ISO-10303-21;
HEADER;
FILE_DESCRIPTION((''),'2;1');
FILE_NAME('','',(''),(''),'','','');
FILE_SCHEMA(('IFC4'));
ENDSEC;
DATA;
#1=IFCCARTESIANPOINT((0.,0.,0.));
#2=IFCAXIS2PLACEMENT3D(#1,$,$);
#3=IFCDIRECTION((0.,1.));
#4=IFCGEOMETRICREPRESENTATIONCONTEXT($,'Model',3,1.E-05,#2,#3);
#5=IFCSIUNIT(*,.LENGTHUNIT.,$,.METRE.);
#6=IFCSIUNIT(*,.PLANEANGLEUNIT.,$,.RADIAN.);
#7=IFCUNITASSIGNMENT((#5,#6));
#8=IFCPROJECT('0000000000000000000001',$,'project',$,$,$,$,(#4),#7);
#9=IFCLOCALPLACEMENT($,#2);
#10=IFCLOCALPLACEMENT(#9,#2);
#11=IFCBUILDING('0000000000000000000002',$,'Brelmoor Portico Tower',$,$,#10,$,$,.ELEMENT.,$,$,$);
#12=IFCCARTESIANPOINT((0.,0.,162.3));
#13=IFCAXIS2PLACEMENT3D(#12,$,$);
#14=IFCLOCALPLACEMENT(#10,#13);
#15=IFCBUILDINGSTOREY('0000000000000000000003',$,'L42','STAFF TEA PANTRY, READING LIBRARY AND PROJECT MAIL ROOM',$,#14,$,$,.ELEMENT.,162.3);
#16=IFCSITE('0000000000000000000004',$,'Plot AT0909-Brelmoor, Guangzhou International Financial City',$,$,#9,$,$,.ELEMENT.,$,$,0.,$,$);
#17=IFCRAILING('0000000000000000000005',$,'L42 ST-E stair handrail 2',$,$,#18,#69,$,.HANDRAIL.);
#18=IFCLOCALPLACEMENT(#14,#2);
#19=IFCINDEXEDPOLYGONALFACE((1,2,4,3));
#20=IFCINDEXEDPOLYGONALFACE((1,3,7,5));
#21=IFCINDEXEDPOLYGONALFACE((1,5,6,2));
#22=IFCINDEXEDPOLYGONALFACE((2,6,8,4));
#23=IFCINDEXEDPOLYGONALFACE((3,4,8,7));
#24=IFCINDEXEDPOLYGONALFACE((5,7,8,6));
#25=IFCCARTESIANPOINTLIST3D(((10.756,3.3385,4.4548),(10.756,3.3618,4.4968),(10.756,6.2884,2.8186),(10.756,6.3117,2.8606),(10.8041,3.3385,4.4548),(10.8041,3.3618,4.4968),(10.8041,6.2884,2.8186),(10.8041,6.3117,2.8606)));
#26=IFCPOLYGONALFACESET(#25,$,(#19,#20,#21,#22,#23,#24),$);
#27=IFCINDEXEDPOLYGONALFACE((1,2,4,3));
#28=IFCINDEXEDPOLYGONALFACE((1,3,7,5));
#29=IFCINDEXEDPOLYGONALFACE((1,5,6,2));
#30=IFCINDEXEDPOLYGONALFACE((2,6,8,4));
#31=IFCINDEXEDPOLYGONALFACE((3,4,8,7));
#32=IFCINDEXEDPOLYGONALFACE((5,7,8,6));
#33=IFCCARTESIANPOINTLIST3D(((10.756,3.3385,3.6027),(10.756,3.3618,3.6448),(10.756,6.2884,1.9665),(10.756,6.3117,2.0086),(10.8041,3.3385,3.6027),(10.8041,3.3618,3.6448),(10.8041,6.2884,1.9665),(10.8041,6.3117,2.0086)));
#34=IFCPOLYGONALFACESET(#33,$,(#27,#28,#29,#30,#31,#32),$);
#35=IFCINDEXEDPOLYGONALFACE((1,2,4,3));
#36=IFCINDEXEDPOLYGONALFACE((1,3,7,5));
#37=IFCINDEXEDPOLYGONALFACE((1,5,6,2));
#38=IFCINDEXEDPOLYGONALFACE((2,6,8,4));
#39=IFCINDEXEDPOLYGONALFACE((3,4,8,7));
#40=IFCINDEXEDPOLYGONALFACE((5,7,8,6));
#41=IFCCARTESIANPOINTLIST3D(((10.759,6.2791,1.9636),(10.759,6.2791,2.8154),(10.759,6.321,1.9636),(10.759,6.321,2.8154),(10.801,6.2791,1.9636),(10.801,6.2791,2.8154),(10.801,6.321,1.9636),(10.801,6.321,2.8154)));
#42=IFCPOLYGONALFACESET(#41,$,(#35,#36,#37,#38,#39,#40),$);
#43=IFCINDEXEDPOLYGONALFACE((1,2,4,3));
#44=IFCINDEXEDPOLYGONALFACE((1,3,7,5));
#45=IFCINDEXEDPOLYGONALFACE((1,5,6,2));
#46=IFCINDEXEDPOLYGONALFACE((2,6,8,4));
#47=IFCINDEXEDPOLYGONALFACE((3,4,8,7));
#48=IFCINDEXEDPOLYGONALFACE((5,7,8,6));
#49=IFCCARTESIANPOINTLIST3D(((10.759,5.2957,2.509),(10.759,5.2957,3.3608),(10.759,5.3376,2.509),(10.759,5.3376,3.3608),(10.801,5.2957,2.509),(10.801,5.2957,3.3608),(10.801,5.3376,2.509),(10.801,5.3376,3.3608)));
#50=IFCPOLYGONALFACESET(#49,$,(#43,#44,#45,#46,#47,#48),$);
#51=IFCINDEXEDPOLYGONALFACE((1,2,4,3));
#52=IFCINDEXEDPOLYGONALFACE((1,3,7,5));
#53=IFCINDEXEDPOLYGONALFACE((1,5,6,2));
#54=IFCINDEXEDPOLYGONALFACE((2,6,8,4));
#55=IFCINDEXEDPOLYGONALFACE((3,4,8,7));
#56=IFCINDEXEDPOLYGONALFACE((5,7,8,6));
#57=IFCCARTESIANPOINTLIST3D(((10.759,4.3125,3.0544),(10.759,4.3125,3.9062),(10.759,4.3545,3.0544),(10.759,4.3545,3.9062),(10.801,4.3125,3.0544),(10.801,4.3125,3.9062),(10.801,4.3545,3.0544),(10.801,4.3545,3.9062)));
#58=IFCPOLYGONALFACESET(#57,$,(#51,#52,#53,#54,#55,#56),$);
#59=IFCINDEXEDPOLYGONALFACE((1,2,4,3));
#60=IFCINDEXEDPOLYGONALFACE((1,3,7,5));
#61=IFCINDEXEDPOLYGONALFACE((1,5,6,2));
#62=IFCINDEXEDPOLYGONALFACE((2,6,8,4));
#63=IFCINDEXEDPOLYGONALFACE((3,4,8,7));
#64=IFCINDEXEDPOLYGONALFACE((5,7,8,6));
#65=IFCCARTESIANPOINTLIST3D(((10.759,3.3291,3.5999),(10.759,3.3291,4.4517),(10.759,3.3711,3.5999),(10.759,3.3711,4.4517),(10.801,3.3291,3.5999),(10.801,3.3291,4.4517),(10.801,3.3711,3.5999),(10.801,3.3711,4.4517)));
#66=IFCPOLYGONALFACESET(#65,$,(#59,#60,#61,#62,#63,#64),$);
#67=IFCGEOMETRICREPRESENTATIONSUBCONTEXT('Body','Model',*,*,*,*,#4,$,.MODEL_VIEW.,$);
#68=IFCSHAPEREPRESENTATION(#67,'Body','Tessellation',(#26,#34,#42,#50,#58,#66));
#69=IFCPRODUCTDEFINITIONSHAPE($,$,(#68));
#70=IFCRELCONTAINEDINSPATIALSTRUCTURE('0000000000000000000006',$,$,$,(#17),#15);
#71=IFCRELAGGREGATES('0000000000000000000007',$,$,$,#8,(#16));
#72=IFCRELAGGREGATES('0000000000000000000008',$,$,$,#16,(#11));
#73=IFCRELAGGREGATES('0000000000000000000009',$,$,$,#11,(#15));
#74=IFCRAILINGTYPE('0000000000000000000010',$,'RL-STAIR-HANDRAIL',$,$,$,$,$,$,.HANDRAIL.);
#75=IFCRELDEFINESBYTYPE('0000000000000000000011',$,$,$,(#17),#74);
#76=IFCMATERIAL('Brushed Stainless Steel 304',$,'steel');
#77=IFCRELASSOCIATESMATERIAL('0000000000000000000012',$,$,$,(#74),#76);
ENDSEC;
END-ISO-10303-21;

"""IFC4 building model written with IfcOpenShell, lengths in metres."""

from ifc_helpers import new_model, si_unit, direction, frame, origin, origin_2d, place, context, subcontext, project, spatial, rectangle, extrude, material, type_object, element, save


model = new_model("IFC4")

# Units and contexts
model_context = context("Model", 3, precision=1e-05, world=origin(), true_north=direction((0.0, 1.0)))
body_context = subcontext(model_context, "Body", "Model", "MODEL_VIEW")
ifc_project = project(units=[si_unit("LENGTHUNIT", "METRE"), si_unit("PLANEANGLEUNIT", "RADIAN")], contexts=[model_context])

# Site, building, storey
site_placement = place(None, origin())
site = spatial("IfcSite", under=ifc_project, at=site_placement, Name="Plot AT0909-Brelmoor, Guangzhou International Financial City", CompositionType="ELEMENT", RefElevation=0.0)
building_placement = place(site_placement, origin())
building = spatial("IfcBuilding", under=site, at=building_placement, Name="Brelmoor Portico Tower", CompositionType="ELEMENT")
storey_placement = place(building_placement, frame((0.0, 0.0, 162.3)))
storey = spatial("IfcBuildingStorey", under=building, at=storey_placement, Name="L42", Description="STAFF TEA PANTRY, READING LIBRARY AND PROJECT MAIL ROOM", CompositionType="ELEMENT", Elevation=162.3)

# Railing
ifc_material_1 = material(Name="Brushed Stainless Steel 304", Category="steel")
railing_type_1 = type_object("IfcRailingType", Name="RL-STAIR-HANDRAIL", PredefinedType="HANDRAIL", material=ifc_material_1)
railing_1_placement = place(storey_placement, frame((10.78, 6.3, 1.9636)))
element("IfcRailing", 1, at=railing_1_placement, inside=storey, type_object=railing_type_1, Name="L42 ST-E stair handrail 2", PredefinedType="HANDRAIL", context=body_context, shape_type="SweptSolid", body=[
    extrude(rectangle(XDim=0.0481, YDim=0.0481, at=origin_2d()), frame((0.0, 0.0, 0.876), z_axis=(0.0, -0.874488, 0.485047), x_axis=(1.0, 0.0, 0.0)), (0.0, 0.0, 1.0), 3.3733),
    extrude(rectangle(XDim=0.0481, YDim=0.0481, at=origin_2d()), frame((0.0, 0.0, 0.0239), z_axis=(0.0, -0.874488, 0.485047), x_axis=(1.0, 0.0, 0.0)), (0.0, 0.0, 1.0), 3.3733),
    extrude(rectangle(XDim=0.042, YDim=0.042, at=origin_2d()), origin(), (0.0, 0.0, 1.0), 0.8518),
    extrude(rectangle(XDim=0.042, YDim=0.042, at=origin_2d()), frame((0.0, -0.9834, 0.5454)), (0.0, 0.0, 1.0), 0.8518),
    extrude(rectangle(XDim=0.042, YDim=0.042, at=origin_2d()), frame((0.0, -1.9666, 1.0908)), (0.0, 0.0, 1.0), 0.8518),
    extrude(rectangle(XDim=0.042, YDim=0.042, at=origin_2d()), frame((0.0, -2.95, 1.6362)), (0.0, 0.0, 1.0), 0.8518),
])

save(model, "model.ifc")
